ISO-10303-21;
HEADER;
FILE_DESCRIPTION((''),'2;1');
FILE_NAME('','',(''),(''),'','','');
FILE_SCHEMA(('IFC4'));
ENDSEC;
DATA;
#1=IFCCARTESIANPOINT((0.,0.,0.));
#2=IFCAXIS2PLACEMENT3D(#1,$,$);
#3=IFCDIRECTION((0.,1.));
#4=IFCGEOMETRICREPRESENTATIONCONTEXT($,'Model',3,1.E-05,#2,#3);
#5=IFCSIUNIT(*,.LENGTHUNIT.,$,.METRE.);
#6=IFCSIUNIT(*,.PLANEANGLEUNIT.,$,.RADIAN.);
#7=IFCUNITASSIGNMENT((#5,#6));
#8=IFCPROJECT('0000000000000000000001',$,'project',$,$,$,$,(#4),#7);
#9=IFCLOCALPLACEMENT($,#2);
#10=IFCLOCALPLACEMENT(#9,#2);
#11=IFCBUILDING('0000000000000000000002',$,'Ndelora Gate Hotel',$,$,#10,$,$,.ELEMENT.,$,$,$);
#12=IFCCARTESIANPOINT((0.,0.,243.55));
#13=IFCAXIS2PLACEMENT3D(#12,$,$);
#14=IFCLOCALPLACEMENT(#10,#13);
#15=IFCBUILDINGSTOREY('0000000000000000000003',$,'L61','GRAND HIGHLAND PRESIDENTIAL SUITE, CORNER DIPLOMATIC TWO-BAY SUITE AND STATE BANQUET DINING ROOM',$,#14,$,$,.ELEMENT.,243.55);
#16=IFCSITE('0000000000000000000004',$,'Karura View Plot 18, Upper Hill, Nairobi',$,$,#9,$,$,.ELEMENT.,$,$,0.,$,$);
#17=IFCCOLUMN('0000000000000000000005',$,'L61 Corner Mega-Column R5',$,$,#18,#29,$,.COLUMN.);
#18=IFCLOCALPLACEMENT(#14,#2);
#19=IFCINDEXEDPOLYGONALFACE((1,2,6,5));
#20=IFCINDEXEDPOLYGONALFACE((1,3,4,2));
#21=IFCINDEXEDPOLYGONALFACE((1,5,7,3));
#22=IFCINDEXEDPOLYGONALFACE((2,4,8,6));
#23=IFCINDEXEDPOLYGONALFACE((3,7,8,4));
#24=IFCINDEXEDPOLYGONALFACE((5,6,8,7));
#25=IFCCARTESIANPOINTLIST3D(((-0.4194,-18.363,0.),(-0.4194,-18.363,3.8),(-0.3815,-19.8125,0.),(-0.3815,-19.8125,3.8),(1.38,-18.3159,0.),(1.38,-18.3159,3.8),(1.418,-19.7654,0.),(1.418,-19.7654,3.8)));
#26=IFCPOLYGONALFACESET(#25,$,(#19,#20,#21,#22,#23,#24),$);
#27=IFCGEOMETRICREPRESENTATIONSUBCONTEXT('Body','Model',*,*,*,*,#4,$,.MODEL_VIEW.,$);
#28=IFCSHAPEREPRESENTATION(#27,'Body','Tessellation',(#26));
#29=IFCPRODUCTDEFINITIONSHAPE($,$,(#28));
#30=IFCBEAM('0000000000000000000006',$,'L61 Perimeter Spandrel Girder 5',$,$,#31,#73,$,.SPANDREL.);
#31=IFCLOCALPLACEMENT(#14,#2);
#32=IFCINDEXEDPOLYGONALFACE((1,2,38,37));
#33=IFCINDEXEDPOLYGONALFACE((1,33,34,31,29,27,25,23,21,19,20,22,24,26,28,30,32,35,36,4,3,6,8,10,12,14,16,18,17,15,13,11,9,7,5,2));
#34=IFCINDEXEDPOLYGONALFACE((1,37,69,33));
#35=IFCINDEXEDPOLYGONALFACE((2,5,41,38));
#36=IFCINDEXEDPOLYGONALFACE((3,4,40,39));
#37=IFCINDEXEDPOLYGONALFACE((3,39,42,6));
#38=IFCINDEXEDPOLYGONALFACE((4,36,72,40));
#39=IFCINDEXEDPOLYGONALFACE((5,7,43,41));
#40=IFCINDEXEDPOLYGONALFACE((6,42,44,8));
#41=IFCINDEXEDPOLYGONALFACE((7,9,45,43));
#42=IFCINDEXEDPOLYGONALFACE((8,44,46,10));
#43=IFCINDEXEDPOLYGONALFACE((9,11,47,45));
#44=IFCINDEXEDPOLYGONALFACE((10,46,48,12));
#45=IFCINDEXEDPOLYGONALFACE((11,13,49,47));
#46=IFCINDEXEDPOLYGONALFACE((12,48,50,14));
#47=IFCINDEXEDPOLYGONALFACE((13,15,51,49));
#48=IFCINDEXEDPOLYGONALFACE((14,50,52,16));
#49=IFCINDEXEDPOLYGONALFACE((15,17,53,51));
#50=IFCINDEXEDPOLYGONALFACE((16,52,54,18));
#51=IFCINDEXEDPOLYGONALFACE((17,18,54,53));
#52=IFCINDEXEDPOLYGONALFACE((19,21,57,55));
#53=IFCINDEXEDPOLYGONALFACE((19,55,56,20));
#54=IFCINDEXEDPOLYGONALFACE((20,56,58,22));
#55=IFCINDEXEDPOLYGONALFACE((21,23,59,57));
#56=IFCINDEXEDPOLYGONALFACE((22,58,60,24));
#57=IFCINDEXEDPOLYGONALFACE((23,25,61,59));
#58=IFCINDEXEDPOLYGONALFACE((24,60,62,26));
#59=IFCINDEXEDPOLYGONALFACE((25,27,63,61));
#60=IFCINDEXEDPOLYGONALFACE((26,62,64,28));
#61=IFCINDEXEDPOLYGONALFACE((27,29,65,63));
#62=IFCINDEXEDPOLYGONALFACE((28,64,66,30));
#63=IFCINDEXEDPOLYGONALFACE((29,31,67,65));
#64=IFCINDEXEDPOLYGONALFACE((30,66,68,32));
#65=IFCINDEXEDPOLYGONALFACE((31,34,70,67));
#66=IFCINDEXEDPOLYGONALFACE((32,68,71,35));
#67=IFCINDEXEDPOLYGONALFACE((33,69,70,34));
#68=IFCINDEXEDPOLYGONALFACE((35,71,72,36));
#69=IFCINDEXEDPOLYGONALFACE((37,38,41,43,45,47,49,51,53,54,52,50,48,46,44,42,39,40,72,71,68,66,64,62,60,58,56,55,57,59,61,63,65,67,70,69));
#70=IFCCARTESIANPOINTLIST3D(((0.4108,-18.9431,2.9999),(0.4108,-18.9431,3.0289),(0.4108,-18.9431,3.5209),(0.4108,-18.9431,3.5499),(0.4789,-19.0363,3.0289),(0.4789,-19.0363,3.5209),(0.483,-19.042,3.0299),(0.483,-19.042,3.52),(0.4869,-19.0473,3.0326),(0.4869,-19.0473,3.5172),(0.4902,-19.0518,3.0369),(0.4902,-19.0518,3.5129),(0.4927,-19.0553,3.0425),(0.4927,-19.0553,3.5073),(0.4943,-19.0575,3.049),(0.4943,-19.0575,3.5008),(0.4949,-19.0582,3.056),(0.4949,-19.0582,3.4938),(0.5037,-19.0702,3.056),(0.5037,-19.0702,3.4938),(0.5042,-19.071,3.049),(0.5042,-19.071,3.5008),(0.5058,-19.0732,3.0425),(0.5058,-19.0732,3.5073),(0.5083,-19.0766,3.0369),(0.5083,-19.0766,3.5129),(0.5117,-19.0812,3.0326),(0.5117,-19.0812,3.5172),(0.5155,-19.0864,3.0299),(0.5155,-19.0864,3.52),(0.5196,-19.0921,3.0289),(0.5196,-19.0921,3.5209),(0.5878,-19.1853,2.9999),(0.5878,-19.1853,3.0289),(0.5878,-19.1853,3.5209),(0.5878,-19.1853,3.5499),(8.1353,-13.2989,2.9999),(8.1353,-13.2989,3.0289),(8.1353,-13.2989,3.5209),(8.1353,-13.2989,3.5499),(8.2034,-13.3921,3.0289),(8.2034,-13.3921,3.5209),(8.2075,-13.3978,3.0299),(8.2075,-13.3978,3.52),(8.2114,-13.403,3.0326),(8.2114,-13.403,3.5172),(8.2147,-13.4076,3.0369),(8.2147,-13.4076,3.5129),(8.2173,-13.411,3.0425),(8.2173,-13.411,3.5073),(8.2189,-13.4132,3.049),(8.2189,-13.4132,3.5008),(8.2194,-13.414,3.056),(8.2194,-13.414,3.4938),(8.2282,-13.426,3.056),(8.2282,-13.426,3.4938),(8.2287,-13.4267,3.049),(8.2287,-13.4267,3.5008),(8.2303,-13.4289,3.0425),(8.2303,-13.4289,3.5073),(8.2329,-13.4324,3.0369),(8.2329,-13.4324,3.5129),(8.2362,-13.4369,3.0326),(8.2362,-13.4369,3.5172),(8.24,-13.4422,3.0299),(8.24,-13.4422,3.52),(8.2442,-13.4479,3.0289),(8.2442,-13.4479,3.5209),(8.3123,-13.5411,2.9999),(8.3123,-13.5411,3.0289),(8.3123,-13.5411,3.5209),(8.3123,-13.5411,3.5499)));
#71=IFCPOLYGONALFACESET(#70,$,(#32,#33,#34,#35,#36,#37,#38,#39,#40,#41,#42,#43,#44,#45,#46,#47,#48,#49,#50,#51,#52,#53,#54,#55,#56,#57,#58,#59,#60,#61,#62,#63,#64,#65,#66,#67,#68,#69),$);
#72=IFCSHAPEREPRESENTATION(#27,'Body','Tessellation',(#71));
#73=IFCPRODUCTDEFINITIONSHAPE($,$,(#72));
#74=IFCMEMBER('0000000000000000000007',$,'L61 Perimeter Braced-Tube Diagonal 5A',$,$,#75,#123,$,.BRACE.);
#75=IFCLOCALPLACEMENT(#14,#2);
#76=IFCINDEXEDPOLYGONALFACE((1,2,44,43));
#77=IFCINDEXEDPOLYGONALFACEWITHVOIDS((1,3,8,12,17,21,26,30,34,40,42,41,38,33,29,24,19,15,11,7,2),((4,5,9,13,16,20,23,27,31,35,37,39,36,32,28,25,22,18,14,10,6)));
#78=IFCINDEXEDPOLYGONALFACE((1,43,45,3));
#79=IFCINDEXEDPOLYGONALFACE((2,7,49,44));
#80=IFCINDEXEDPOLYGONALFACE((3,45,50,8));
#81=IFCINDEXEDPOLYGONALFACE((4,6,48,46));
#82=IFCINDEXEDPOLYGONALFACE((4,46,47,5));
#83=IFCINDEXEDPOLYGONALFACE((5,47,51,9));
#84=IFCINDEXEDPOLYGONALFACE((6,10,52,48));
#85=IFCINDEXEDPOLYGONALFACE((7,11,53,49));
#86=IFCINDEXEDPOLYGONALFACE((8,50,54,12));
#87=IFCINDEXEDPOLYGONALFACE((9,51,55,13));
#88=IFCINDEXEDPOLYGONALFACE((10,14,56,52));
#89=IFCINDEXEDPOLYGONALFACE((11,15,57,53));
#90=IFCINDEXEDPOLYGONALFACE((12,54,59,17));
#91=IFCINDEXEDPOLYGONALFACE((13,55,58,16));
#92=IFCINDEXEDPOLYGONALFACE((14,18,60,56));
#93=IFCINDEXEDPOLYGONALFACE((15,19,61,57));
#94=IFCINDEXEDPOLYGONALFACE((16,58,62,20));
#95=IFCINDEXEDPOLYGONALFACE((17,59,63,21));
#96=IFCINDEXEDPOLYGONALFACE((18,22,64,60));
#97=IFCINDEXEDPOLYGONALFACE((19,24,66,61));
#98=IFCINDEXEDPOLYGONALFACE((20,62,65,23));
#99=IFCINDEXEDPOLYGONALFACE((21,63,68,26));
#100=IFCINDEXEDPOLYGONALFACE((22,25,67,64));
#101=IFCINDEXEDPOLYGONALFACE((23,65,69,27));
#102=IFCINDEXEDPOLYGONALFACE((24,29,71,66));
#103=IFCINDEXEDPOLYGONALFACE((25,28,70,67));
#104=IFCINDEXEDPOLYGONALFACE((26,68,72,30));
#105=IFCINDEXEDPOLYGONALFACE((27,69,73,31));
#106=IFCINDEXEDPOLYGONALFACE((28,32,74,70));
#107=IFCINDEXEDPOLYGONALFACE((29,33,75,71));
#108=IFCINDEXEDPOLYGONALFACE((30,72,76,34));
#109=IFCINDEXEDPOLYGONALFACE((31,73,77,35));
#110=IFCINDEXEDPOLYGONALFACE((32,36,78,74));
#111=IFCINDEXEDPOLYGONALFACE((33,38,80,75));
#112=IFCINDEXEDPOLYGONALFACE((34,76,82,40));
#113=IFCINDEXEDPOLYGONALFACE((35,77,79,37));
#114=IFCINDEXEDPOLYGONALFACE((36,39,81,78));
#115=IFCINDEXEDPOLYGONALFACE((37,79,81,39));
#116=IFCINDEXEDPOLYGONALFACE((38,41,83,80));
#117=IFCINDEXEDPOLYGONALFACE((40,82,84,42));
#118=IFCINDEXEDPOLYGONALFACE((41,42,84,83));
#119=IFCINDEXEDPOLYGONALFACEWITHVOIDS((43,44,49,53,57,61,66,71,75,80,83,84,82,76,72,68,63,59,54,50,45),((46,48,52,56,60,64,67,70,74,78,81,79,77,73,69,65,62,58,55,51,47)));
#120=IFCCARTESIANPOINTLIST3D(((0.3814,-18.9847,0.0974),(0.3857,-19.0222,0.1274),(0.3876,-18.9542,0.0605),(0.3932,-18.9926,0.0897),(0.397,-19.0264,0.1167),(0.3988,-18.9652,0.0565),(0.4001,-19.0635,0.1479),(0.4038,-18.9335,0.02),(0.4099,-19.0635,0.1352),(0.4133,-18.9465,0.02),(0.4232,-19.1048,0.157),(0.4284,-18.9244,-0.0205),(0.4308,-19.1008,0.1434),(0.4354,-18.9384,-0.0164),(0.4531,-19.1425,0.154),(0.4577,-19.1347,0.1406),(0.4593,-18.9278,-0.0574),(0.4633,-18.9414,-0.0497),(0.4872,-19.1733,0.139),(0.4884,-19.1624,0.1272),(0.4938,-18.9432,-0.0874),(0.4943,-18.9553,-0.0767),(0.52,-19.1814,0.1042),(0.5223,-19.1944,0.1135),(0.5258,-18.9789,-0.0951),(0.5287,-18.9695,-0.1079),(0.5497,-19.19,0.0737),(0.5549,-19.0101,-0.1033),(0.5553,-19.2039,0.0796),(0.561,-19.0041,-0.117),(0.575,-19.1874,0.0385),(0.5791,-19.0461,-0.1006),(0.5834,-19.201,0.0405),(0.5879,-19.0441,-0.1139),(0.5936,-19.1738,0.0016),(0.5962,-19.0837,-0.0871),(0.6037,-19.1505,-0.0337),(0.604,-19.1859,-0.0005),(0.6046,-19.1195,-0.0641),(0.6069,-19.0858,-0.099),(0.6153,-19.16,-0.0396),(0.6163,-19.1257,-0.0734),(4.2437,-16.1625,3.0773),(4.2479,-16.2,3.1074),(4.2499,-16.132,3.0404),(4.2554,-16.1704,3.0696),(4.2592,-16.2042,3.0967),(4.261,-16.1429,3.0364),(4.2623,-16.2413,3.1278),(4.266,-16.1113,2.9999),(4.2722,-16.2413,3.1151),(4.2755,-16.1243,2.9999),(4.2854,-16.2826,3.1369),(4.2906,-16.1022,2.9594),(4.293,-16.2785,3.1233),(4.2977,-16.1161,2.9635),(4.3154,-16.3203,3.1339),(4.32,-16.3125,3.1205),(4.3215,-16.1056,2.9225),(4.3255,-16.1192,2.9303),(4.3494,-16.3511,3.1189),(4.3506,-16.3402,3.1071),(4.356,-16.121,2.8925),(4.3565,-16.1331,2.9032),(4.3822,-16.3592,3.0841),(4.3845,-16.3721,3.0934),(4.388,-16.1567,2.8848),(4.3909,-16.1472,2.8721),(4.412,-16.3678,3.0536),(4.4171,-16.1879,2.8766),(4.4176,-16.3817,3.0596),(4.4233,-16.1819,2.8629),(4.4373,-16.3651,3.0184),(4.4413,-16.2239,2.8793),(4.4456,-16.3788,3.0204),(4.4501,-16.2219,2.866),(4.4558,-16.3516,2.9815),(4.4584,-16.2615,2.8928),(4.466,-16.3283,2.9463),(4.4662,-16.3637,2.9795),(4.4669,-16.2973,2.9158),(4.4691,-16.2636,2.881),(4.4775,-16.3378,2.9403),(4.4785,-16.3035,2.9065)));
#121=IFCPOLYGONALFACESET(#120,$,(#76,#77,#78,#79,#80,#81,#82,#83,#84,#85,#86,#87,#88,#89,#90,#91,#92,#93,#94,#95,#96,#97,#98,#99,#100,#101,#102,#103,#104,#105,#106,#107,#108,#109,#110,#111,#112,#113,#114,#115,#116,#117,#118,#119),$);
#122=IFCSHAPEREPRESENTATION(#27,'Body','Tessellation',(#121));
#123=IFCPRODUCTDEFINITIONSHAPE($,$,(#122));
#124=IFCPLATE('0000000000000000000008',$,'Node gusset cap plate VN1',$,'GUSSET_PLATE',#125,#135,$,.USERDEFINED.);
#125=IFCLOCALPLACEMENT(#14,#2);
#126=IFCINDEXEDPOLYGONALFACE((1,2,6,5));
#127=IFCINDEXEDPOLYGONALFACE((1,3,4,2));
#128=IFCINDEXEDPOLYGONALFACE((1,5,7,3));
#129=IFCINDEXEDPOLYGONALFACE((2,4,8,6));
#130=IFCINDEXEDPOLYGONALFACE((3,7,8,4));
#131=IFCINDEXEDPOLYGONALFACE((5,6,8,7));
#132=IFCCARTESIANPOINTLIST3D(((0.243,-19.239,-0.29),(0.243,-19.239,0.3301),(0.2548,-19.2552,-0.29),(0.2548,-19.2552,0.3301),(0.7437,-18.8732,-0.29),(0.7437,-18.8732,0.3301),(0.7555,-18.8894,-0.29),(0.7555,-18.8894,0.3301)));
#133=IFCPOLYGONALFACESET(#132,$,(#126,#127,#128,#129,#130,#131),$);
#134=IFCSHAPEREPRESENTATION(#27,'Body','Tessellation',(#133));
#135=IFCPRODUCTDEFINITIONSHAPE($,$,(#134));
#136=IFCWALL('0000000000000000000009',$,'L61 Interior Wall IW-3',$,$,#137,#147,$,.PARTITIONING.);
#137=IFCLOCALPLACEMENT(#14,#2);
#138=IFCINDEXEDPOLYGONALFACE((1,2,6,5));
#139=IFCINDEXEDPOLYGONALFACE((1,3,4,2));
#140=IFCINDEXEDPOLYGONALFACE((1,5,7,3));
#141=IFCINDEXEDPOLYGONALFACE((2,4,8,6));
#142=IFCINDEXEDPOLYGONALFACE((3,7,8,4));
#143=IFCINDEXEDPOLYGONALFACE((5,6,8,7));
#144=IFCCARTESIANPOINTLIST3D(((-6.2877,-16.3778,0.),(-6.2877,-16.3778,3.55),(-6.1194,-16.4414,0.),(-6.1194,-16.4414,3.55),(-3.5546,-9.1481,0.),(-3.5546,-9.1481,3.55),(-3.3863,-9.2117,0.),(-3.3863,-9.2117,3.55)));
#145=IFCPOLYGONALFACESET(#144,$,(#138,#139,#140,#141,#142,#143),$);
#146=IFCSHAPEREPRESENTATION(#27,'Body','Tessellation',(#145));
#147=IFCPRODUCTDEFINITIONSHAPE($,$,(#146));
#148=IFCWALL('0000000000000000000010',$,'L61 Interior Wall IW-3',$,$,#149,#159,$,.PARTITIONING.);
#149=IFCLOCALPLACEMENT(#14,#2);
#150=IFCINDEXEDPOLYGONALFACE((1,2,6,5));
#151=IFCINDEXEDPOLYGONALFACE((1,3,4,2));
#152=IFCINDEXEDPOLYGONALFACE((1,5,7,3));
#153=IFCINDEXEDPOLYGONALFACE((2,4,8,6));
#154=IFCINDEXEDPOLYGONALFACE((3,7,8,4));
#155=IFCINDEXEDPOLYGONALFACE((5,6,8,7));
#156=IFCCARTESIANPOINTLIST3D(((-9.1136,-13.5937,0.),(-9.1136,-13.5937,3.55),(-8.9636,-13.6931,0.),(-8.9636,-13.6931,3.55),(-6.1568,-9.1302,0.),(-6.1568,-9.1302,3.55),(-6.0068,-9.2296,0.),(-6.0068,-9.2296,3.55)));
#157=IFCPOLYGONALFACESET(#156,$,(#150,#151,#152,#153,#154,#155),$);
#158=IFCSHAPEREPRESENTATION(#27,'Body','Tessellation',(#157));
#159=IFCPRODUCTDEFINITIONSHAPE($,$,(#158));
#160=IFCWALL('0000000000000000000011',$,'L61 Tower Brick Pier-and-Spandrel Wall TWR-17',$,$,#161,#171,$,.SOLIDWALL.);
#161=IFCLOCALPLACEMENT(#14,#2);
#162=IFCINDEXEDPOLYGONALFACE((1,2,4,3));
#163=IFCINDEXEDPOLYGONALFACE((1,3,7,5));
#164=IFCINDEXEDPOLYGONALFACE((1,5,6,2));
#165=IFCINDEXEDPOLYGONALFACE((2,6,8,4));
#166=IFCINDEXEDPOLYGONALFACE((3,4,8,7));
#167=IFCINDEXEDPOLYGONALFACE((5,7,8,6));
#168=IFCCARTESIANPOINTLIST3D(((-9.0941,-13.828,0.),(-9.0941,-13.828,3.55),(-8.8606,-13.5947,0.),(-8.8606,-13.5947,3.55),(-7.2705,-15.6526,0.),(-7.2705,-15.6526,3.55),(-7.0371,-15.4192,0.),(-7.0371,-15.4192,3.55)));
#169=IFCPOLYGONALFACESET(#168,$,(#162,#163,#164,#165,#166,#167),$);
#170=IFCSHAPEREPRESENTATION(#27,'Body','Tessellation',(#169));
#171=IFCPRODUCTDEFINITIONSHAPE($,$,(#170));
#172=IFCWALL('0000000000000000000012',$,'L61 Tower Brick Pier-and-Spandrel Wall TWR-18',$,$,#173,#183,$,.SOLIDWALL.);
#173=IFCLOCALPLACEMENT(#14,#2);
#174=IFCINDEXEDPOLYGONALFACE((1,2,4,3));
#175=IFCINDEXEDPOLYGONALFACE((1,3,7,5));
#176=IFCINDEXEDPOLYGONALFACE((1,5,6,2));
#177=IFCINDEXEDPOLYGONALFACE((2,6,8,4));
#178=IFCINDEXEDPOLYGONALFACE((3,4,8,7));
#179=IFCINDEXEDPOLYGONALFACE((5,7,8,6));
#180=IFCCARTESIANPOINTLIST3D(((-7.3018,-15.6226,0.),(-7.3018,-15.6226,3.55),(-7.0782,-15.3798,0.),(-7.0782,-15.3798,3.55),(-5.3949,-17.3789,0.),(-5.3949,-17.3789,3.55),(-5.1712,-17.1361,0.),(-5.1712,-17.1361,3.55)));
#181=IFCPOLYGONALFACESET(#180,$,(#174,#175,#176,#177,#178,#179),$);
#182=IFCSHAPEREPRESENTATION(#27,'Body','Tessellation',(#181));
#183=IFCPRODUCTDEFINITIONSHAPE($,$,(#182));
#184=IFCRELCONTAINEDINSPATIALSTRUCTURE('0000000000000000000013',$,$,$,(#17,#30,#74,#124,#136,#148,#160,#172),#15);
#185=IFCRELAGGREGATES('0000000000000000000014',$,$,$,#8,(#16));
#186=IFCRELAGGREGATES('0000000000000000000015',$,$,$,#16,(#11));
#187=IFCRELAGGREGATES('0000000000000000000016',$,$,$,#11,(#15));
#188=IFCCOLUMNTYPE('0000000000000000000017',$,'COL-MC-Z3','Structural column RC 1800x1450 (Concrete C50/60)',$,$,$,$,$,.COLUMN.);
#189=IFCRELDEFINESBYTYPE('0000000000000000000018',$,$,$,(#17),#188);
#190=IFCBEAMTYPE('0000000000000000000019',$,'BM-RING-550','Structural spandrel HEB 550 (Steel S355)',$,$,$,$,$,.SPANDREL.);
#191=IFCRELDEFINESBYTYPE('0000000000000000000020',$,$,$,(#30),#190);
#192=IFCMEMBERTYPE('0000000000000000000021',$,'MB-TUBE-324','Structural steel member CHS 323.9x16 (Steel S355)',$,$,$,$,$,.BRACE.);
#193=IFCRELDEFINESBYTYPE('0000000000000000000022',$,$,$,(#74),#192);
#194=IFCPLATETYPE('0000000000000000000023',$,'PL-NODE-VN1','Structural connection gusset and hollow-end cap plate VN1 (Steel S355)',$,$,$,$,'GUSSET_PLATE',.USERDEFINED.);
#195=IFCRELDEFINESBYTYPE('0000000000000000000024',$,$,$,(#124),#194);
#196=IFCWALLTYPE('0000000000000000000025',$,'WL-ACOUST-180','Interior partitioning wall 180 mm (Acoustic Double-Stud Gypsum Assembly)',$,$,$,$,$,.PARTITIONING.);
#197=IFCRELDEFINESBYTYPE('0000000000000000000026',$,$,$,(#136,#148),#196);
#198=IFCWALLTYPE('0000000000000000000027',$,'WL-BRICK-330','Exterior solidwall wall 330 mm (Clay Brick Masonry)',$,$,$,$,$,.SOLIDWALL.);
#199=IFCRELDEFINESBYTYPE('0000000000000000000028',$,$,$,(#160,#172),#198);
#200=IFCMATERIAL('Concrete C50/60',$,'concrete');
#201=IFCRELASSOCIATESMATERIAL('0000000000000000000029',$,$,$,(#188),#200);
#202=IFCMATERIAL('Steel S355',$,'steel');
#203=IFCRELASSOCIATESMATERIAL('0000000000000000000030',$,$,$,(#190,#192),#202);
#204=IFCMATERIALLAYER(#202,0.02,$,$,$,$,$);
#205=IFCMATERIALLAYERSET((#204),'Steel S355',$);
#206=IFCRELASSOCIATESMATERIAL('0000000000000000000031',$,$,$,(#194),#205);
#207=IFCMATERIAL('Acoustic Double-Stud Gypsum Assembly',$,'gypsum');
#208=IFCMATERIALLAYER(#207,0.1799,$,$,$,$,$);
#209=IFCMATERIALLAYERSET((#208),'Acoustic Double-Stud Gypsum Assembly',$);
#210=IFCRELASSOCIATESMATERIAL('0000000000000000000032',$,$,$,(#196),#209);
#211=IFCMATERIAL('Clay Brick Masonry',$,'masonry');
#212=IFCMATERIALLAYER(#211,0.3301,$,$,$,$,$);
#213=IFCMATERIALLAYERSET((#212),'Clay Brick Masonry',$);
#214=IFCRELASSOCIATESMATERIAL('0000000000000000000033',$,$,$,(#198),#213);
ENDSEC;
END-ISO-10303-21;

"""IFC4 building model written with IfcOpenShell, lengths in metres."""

from ifc_helpers import new_model, si_unit, direction, frame, frame_2d, origin, origin_2d, place, context, subcontext, project, spatial, rectangle, hollow_circle, i_section, extrude, material, layer, layer_set, material_profile, profile_set, type_object, element, save


model = new_model("IFC4")

# Units and contexts
model_context = context("Model", 3, precision=1e-05, world=origin(), true_north=direction((0.0, 1.0)))
body_context = subcontext(model_context, "Body", "Model", "MODEL_VIEW")
ifc_project = project(units=[si_unit("LENGTHUNIT", "METRE"), si_unit("PLANEANGLEUNIT", "RADIAN")], contexts=[model_context])

# Site, building, storey
site_placement = place(None, origin())
site = spatial("IfcSite", under=ifc_project, at=site_placement, Name="Karura View Plot 18, Upper Hill, Nairobi", CompositionType="ELEMENT", RefElevation=0.0)
building_placement = place(site_placement, origin())
building = spatial("IfcBuilding", under=site, at=building_placement, Name="Ndelora Gate Hotel", CompositionType="ELEMENT")
storey_placement = place(building_placement, frame((0.0, 0.0, 243.55)))
storey = spatial("IfcBuildingStorey", under=building, at=storey_placement, Name="L61", Description="GRAND HIGHLAND PRESIDENTIAL SUITE, CORNER DIPLOMATIC TWO-BAY SUITE AND STATE BANQUET DINING ROOM", CompositionType="ELEMENT", Elevation=243.55)

# Column
ifc_material_1 = material(Name="Concrete C50/60", Category="concrete")
ifc_material_profile_1 = material_profile(ifc_material_1, rectangle(XDim=1.45, YDim=1.8, at=origin_2d()), Name="RC 1800x1450")
ifc_profile_set_1 = profile_set([ifc_material_profile_1], Name="Concrete C50/60")
column_type = type_object("IfcColumnType", Name="COL-MC-Z3", Description="Structural column RC 1800x1450 (Concrete C50/60)", PredefinedType="COLUMN", material=ifc_profile_set_1)
column_placement = place(storey_placement, frame((0.4993, -19.0642, 0.0), z_axis=(0.0, 0.0, 1.0), x_axis=(-0.026177, 0.999657, 0.0)))
element("IfcColumn", 1, at=column_placement, inside=storey, type_object=column_type, Name="L61 Corner Mega-Column R5", PredefinedType="COLUMN", context=body_context, shape_type="SweptSolid", body=[
    extrude(rectangle(XDim=1.45, YDim=1.8, at=origin_2d()), origin(), (0.0, 0.0, 1.0), 3.8),
])

# Beam
ifc_material_2 = material(Name="Steel S355", Category="steel")
ifc_material_profile_2 = material_profile(ifc_material_2, i_section(OverallWidth=0.3, OverallDepth=0.55, WebThickness=0.0149, FlangeThickness=0.0291, FilletRadius=0.0271, at=origin_2d()), Name="HEB 550")
ifc_profile_set_2 = profile_set([ifc_material_profile_2], Name="Steel S355")
beam_type = type_object("IfcBeamType", Name="BM-RING-550", Description="Structural spandrel HEB 550 (Steel S355)", PredefinedType="SPANDREL", material=ifc_profile_set_2)
beam_placement = place(storey_placement, frame((0.4993, -19.0642, 3.2749), z_axis=(0.807422, 0.589974, 0.0), x_axis=(-0.589974, 0.807422, 0.0)))
element("IfcBeam", 2, at=beam_placement, inside=storey, type_object=beam_type, Name="L61 Perimeter Spandrel Girder 5", PredefinedType="SPANDREL", context=body_context, shape_type="SweptSolid", body=[
    extrude(i_section(OverallWidth=0.3, OverallDepth=0.55, WebThickness=0.0149, FlangeThickness=0.0291, FilletRadius=0.0271, at=origin_2d()), origin(), (0.0, 0.0, 1.0), 9.5669),
])

# Member
ifc_material_profile_3 = material_profile(ifc_material_2, hollow_circle(Radius=0.1619, WallThickness=0.0161, at=origin_2d()), Name="CHS 323.9x16")
ifc_profile_set_3 = profile_set([ifc_material_profile_3], Name="Steel S355")
member_type = type_object("IfcMemberType", Name="MB-TUBE-324", Description="Structural steel member CHS 323.9x16 (Steel S355)", PredefinedType="BRACE", material=ifc_profile_set_3)
member_placement = place(storey_placement, frame((0.4993, -19.0642, 0.02), z_axis=(0.685309, 0.50077, 0.528754), x_axis=(-0.589991, 0.80741, 0.0)))
element("IfcMember", 3, at=member_placement, inside=storey, type_object=member_type, Name="L61 Perimeter Braced-Tube Diagonal 5A", PredefinedType="BRACE", context=body_context, shape_type="SweptSolid", body=[
    extrude(hollow_circle(Radius=0.1619, WallThickness=0.0161, at=origin_2d()), origin(), (0.0, 0.0, 1.0), 5.6357),
])

# Plate
ifc_layer_1 = layer(ifc_material_2, 0.02)
ifc_layer_set_1 = layer_set([ifc_layer_1], Name="Steel S355")
plate_type = type_object("IfcPlateType", Name="PL-NODE-VN1", Description="Structural connection gusset and hollow-end cap plate VN1 (Steel S355)", ElementType="GUSSET_PLATE", PredefinedType="USERDEFINED", material=ifc_layer_set_1)
plate_placement = place(storey_placement, frame((0.4993, -19.0642, -0.29), z_axis=(0.0, 0.0, 1.0), x_axis=(0.807475, 0.589901, 0.0)))
element("IfcPlate", 4, at=plate_placement, inside=storey, type_object=plate_type, Name="Node gusset cap plate VN1", ObjectType="GUSSET_PLATE", PredefinedType="USERDEFINED", context=body_context, shape_type="SweptSolid", body=[
    extrude(rectangle(XDim=0.6201, YDim=0.02, at=origin_2d()), origin(), (0.0, 0.0, 1.0), 0.6201),
])

# Walls
ifc_material_3 = material(Name="Acoustic Double-Stud Gypsum Assembly", Category="gypsum")
ifc_layer_2 = layer(ifc_material_3, 0.1799)
ifc_layer_set_2 = layer_set([ifc_layer_2], Name="Acoustic Double-Stud Gypsum Assembly")
wall_type_1 = type_object("IfcWallType", Name="WL-ACOUST-180", Description="Interior partitioning wall 180 mm (Acoustic Double-Stud Gypsum Assembly)", PredefinedType="PARTITIONING", material=ifc_layer_set_2)
wall_1_placement = place(storey_placement, frame((-3.4705, -9.1799, 0.0), z_axis=(0.0, 0.0, 1.0), x_axis=(-0.353618, -0.93539, 0.0)))
element("IfcWall", 5, at=wall_1_placement, inside=storey, type_object=wall_type_1, Name="L61 Interior Wall IW-3", PredefinedType="PARTITIONING", context=body_context, shape_type="SweptSolid", body=[
    extrude(rectangle(XDim=7.729, YDim=0.1799, at=frame_2d((3.8645, 0.0))), origin(), (0.0, 0.0, 1.0), 3.55),
])
wall_2_placement = place(storey_placement, frame((-6.0818, -9.1799, 0.0), z_axis=(0.0, 0.0, 1.0), x_axis=(-0.552267, -0.833667, 0.0)))
element("IfcWall", 6, at=wall_2_placement, inside=storey, type_object=wall_type_1, Name="L61 Interior Wall IW-3", PredefinedType="PARTITIONING", context=body_context, shape_type="SweptSolid", body=[
    extrude(rectangle(XDim=5.354, YDim=0.1799, at=frame_2d((2.677, 0.0))), origin(), (0.0, 0.0, 1.0), 3.55),
])
ifc_material_4 = material(Name="Clay Brick Masonry", Category="masonry")
ifc_layer_3 = layer(ifc_material_4, 0.3301)
ifc_layer_set_3 = layer_set([ifc_layer_3], Name="Clay Brick Masonry")
wall_type_2 = type_object("IfcWallType", Name="WL-BRICK-330", Description="Exterior solidwall wall 330 mm (Clay Brick Masonry)", PredefinedType="SOLIDWALL", material=ifc_layer_set_3)
wall_3_placement = place(storey_placement, frame((-7.1538, -15.5359, 0.0), z_axis=(0.0, 0.0, 1.0), x_axis=(-0.706917, 0.707296, 0.0)))
element("IfcWall", 7, at=wall_3_placement, inside=storey, type_object=wall_type_2, Name="L61 Tower Brick Pier-and-Spandrel Wall TWR-17", PredefinedType="SOLIDWALL", context=body_context, shape_type="SweptSolid", body=[
    extrude(rectangle(XDim=2.5796, YDim=0.3301, at=frame_2d((1.2898, 0.0))), origin(), (0.0, 0.0, 1.0), 3.55),
])
wall_4_placement = place(storey_placement, frame((-5.283, -17.2576, 0.0), z_axis=(0.0, 0.0, 1.0), x_axis=(-0.735561, 0.677458, 0.0)))
element("IfcWall", 8, at=wall_4_placement, inside=storey, type_object=wall_type_2, Name="L61 Tower Brick Pier-and-Spandrel Wall TWR-18", PredefinedType="SOLIDWALL", context=body_context, shape_type="SweptSolid", body=[
    extrude(rectangle(XDim=2.5925, YDim=0.3301, at=frame_2d((1.2964, 0.0))), origin(), (0.0, 0.0, 1.0), 3.55),
])

save(model, "model.ifc")
